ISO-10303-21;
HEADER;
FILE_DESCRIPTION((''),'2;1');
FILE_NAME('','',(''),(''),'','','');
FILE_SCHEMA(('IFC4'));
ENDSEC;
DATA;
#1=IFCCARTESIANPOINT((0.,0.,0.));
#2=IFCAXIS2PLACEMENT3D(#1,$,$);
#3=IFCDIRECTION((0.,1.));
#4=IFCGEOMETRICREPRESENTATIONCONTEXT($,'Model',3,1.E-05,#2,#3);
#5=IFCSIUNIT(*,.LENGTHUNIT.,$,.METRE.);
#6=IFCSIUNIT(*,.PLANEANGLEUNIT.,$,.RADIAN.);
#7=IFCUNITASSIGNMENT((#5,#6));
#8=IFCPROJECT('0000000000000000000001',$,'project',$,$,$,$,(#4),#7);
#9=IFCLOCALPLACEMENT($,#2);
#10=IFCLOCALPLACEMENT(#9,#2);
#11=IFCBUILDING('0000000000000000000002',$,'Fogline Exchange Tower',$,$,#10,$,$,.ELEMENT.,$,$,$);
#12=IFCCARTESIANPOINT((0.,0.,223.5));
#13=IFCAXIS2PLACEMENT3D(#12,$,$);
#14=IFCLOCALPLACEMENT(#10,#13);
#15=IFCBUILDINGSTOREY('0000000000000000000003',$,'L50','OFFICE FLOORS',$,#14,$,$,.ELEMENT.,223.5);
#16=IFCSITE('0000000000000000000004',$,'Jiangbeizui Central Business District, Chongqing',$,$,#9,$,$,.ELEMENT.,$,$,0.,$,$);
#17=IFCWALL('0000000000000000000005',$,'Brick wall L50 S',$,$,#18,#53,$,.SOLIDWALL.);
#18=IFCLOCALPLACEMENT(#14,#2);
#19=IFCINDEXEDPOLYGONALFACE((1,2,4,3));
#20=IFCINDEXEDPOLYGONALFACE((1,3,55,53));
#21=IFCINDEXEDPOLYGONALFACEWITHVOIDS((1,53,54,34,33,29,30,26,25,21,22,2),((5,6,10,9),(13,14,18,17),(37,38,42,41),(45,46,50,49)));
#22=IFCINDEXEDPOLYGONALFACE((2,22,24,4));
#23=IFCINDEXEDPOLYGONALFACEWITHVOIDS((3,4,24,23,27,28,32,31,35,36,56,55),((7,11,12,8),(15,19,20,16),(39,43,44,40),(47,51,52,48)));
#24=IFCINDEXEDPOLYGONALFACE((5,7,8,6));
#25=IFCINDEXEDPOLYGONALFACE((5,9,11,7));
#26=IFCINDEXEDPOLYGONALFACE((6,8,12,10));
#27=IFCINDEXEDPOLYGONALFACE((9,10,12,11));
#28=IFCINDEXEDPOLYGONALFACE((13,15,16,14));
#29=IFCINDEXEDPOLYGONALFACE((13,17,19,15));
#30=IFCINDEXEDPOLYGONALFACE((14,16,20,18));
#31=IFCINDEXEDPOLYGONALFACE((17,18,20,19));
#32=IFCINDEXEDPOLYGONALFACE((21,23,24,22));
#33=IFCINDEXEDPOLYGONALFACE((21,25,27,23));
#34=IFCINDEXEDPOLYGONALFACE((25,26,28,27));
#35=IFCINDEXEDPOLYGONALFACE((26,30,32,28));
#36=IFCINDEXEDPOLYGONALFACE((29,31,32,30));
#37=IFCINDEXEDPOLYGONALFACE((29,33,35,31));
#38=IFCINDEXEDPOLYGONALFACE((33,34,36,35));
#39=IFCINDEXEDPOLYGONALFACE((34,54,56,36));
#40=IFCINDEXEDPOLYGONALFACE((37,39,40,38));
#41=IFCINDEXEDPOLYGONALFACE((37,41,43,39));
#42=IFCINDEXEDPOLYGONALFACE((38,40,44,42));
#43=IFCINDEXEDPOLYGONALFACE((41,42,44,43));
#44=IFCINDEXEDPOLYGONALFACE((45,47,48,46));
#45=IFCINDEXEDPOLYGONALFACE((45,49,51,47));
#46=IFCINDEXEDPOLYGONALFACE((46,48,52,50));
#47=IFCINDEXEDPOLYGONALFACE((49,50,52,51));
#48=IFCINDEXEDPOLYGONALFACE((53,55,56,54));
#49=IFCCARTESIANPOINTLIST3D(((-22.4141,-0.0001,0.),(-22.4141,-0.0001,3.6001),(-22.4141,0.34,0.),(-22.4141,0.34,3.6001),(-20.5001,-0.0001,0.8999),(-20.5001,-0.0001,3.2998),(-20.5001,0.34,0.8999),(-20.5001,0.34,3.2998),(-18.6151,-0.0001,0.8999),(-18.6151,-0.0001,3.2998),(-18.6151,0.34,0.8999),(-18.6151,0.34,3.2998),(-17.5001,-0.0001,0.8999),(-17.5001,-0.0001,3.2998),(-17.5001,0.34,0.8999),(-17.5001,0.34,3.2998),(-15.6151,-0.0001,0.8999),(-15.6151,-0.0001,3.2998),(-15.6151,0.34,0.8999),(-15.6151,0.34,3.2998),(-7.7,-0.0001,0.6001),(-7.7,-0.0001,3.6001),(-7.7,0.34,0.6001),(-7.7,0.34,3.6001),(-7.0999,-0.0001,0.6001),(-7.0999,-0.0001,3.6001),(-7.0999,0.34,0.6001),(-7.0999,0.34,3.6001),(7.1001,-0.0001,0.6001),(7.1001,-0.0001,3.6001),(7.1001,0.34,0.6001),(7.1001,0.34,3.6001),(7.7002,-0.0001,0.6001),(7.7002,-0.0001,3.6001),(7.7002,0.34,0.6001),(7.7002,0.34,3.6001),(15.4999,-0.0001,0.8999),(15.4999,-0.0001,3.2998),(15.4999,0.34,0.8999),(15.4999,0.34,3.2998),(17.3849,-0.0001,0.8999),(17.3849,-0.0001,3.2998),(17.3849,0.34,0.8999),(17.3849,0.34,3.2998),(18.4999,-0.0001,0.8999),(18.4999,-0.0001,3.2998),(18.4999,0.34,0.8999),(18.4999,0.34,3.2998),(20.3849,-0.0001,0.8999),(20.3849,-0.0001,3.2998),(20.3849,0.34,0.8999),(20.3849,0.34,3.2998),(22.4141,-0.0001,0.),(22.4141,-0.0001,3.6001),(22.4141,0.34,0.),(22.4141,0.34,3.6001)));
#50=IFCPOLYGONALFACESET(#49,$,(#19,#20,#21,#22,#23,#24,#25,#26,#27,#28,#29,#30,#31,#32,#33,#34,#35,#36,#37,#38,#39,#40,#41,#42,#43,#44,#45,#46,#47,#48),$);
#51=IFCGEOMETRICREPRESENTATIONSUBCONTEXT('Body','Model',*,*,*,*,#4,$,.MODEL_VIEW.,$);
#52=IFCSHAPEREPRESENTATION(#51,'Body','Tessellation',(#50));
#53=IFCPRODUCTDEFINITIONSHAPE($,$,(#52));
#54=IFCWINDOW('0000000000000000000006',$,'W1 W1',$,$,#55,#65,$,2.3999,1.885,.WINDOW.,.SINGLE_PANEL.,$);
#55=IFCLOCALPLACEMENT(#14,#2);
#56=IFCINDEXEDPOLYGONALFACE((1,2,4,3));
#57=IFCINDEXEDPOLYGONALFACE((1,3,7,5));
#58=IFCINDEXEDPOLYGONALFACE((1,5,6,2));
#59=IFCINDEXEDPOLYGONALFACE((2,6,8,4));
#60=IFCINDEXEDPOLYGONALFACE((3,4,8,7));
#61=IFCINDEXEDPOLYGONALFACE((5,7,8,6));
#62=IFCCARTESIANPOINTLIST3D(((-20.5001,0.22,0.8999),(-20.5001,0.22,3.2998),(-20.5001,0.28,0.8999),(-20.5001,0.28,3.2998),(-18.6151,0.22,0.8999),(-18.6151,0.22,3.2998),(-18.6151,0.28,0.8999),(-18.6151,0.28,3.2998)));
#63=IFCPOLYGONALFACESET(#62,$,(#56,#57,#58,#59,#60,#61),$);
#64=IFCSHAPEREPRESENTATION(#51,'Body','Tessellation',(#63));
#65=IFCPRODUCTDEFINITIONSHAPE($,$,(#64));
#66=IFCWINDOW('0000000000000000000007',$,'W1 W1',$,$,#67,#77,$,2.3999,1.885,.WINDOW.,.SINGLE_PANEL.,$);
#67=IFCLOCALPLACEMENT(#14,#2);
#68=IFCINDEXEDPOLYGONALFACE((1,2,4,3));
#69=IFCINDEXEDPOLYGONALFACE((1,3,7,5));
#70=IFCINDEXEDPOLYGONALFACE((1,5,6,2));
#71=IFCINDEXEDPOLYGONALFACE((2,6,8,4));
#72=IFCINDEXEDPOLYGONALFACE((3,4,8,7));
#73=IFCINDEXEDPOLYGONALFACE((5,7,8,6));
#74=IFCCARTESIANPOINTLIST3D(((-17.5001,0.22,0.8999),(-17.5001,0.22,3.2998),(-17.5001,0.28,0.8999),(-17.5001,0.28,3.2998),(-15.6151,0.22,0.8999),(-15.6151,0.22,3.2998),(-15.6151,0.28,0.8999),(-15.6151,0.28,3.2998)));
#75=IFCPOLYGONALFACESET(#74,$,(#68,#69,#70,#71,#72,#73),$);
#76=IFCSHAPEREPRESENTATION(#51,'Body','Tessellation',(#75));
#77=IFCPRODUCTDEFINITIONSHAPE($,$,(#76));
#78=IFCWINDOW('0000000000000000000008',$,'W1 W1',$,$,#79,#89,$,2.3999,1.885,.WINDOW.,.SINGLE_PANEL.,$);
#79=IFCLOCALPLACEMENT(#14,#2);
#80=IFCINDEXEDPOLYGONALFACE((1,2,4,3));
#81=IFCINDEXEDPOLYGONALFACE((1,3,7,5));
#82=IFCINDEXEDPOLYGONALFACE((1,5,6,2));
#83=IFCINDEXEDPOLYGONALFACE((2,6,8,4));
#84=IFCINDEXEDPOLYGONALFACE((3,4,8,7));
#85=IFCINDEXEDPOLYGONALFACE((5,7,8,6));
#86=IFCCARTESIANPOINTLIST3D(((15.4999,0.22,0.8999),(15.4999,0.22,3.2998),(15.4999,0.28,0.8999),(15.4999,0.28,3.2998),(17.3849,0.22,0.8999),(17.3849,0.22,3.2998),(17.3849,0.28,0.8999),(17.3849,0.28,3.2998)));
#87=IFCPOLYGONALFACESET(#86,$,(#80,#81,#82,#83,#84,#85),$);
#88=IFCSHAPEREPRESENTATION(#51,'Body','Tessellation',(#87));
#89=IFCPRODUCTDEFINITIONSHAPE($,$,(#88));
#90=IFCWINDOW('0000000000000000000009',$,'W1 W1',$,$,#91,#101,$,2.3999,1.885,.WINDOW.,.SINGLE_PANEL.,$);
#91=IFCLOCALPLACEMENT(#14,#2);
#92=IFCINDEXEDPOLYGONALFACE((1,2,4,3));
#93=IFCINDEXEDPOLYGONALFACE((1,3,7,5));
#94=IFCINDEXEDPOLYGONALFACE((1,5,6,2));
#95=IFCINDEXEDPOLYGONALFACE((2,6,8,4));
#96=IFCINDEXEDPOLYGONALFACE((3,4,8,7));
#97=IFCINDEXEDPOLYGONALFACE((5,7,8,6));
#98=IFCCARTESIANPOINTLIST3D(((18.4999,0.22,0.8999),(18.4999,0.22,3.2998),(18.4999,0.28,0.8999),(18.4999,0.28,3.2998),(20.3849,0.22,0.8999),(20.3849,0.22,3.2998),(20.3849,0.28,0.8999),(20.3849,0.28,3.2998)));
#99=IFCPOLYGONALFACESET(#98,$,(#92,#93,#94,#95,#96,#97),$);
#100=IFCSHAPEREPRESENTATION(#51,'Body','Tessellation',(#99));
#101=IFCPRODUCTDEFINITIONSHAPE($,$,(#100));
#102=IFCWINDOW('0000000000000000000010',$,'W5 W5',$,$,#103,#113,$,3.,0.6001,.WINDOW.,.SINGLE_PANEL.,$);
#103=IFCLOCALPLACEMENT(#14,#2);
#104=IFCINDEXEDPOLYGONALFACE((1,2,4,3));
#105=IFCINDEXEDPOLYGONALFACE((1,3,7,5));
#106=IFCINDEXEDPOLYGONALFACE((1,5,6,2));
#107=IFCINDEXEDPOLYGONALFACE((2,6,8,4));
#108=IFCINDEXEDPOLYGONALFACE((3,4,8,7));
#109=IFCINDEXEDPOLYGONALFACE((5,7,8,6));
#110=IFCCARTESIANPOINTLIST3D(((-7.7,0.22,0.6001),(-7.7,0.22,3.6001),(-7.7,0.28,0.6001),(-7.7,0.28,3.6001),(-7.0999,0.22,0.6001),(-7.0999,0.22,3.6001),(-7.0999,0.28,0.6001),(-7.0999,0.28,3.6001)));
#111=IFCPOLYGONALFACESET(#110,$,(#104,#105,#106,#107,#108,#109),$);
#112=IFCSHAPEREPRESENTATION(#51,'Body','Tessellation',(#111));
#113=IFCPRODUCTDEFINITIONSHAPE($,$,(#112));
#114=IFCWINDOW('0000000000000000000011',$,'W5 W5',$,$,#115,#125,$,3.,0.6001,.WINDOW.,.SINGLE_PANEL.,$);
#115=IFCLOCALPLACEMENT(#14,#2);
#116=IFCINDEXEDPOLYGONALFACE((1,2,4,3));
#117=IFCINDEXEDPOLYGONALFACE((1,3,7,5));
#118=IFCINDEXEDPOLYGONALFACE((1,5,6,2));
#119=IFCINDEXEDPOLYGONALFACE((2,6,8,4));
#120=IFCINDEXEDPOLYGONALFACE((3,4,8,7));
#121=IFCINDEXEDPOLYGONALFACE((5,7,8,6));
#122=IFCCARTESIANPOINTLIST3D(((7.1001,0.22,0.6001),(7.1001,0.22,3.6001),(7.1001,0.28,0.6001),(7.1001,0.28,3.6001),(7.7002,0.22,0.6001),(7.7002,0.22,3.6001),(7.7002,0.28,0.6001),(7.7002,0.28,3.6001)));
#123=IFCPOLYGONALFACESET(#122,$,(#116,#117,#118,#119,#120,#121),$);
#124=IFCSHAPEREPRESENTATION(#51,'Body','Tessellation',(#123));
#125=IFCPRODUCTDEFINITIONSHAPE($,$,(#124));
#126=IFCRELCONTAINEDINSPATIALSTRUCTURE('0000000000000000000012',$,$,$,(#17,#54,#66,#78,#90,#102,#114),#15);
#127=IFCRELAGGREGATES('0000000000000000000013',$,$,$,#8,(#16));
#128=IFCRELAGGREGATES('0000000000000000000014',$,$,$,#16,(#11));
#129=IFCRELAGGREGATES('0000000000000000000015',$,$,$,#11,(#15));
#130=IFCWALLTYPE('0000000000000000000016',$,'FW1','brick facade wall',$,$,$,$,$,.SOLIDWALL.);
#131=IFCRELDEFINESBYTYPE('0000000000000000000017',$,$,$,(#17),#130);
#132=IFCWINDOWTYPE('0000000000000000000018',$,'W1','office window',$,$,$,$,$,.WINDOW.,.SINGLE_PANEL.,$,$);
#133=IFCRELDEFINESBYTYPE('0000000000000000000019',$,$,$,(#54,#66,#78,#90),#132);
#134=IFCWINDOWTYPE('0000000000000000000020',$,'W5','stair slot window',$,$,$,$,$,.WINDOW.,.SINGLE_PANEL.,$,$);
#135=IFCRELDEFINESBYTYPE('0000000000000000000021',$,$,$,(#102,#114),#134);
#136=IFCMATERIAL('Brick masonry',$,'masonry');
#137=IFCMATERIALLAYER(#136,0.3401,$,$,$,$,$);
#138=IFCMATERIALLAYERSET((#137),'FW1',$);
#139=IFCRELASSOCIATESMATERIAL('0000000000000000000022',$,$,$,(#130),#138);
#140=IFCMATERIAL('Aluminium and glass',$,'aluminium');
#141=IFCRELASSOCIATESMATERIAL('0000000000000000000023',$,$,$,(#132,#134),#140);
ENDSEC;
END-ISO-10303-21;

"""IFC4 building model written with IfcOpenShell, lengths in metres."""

from ifc_helpers import new_model, si_unit, direction, frame, frame_2d, origin, place, context, subcontext, project, spatial, rectangle, extrude, material, layer, layer_set, type_object, element, fill, save


model = new_model("IFC4")

# Units and contexts
model_context = context("Model", 3, precision=1e-05, world=origin(), true_north=direction((0.0, 1.0)))
body_context = subcontext(model_context, "Body", "Model", "MODEL_VIEW")
ifc_project = project(units=[si_unit("LENGTHUNIT", "METRE"), si_unit("PLANEANGLEUNIT", "RADIAN")], contexts=[model_context])

# Site, building, storey
site_placement = place(None, origin())
site = spatial("IfcSite", under=ifc_project, at=site_placement, Name="Jiangbeizui Central Business District, Chongqing", CompositionType="ELEMENT", RefElevation=0.0)
building_placement = place(site_placement, origin())
building = spatial("IfcBuilding", under=site, at=building_placement, Name="Fogline Exchange Tower", CompositionType="ELEMENT")
storey_placement = place(building_placement, frame((0.0, 0.0, 223.5)))
storey = spatial("IfcBuildingStorey", under=building, at=storey_placement, Name="L50", Description="OFFICE FLOORS", CompositionType="ELEMENT", Elevation=223.5)

# Shared definitions
ifc_material_1 = material(Name="Brick masonry", Category="masonry")
ifc_layer = layer(ifc_material_1, 0.3401)
ifc_layer_set = layer_set([ifc_layer], Name="FW1")
wall_type = type_object("IfcWallType", Name="FW1", Description="brick facade wall", PredefinedType="SOLIDWALL", material=ifc_layer_set)
ifc_material_2 = material(Name="Aluminium and glass", Category="aluminium")

# Wall, openings, windows
wall_1_placement = place(storey_placement, frame((-22.4141, 0.1699, 0.0), z_axis=(0.0, 0.0, 1.0), x_axis=(1.0, 0.0, 0.0)))
wall_1 = element("IfcWall", 1, at=wall_1_placement, inside=storey, type_object=wall_type, Name="Brick wall L50 S", PredefinedType="SOLIDWALL", context=body_context, shape_type="SweptSolid", body=[
    extrude(rectangle(XDim=44.8281, YDim=0.3401, at=frame_2d((22.4141, 0.0))), origin(), (0.0, 0.0, 1.0), 3.6001),
])
opening_1_placement = place(wall_1_placement, frame((1.9141, 0.0, 0.8999)))
opening_1 = element("IfcOpeningElement", 2, at=opening_1_placement, cuts=wall_1, PredefinedType="OPENING", context=body_context, shape_type="SweptSolid", body=[
    extrude(rectangle(XDim=1.885, YDim=2.3999, at=frame_2d((0.9424, 1.2))), frame((0.0, 0.1802, 0.0), z_axis=(0.0, -1.0, 0.0), x_axis=(1.0, 0.0, 0.0)), (0.0, 0.0, 1.0), 0.3601),
])
opening_2_placement = place(wall_1_placement, frame((4.9141, 0.0, 0.8999)))
opening_2 = element("IfcOpeningElement", 3, at=opening_2_placement, cuts=wall_1, PredefinedType="OPENING", context=body_context, shape_type="SweptSolid", body=[
    extrude(rectangle(XDim=1.885, YDim=2.3999, at=frame_2d((0.9424, 1.2))), frame((0.0, 0.1802, 0.0), z_axis=(0.0, -1.0, 0.0), x_axis=(1.0, 0.0, 0.0)), (0.0, 0.0, 1.0), 0.3601),
])
opening_3_placement = place(wall_1_placement, frame((37.9141, 0.0, 0.8999)))
opening_3 = element("IfcOpeningElement", 4, at=opening_3_placement, cuts=wall_1, PredefinedType="OPENING", context=body_context, shape_type="SweptSolid", body=[
    extrude(rectangle(XDim=1.885, YDim=2.3999, at=frame_2d((0.9424, 1.2))), frame((0.0, 0.1802, 0.0), z_axis=(0.0, -1.0, 0.0), x_axis=(1.0, 0.0, 0.0)), (0.0, 0.0, 1.0), 0.3601),
])
opening_4_placement = place(wall_1_placement, frame((40.9141, 0.0, 0.8999)))
opening_4 = element("IfcOpeningElement", 5, at=opening_4_placement, cuts=wall_1, PredefinedType="OPENING", context=body_context, shape_type="SweptSolid", body=[
    extrude(rectangle(XDim=1.885, YDim=2.3999, at=frame_2d((0.9424, 1.2))), frame((0.0, 0.1802, 0.0), z_axis=(0.0, -1.0, 0.0), x_axis=(1.0, 0.0, 0.0)), (0.0, 0.0, 1.0), 0.3601),
])
opening_5_placement = place(wall_1_placement, frame((14.7141, 0.0, 0.6001)))
opening_5 = element("IfcOpeningElement", 6, at=opening_5_placement, cuts=wall_1, PredefinedType="OPENING", context=body_context, shape_type="SweptSolid", body=[
    extrude(rectangle(XDim=0.6001, YDim=3.0, at=frame_2d((0.3, 1.5))), frame((0.0, 0.1802, 0.0), z_axis=(0.0, -1.0, 0.0), x_axis=(1.0, 0.0, 0.0)), (0.0, 0.0, 1.0), 0.3601),
])
opening_6_placement = place(wall_1_placement, frame((29.5142, 0.0, 0.6001)))
opening_6 = element("IfcOpeningElement", 7, at=opening_6_placement, cuts=wall_1, PredefinedType="OPENING", context=body_context, shape_type="SweptSolid", body=[
    extrude(rectangle(XDim=0.6001, YDim=3.0, at=frame_2d((0.3, 1.5))), frame((0.0, 0.1802, 0.0), z_axis=(0.0, -1.0, 0.0), x_axis=(1.0, 0.0, 0.0)), (0.0, 0.0, 1.0), 0.3601),
])
window_type_1 = type_object("IfcWindowType", Name="W1", Description="office window", PartitioningType="SINGLE_PANEL", PredefinedType="WINDOW", material=ifc_material_2)
window_1_placement = place(opening_1_placement, origin())
window_1 = element("IfcWindow", 8, at=window_1_placement, inside=storey, type_object=window_type_1, Name="W1 W1", OverallHeight=2.3999, OverallWidth=1.885, PartitioningType="SINGLE_PANEL", PredefinedType="WINDOW", context=body_context, shape_type="SweptSolid", body=[
    extrude(rectangle(XDim=1.885, YDim=2.3999, at=frame_2d((0.9424, 1.2))), frame((0.0, 0.1101, 0.0), z_axis=(0.0, -1.0, 0.0), x_axis=(1.0, 0.0, 0.0)), (0.0, 0.0, 1.0), 0.0601),
])
fill(opening_1, window_1)
window_2_placement = place(opening_2_placement, origin())
window_2 = element("IfcWindow", 9, at=window_2_placement, inside=storey, type_object=window_type_1, Name="W1 W1", OverallHeight=2.3999, OverallWidth=1.885, PartitioningType="SINGLE_PANEL", PredefinedType="WINDOW", context=body_context, shape_type="SweptSolid", body=[
    extrude(rectangle(XDim=1.885, YDim=2.3999, at=frame_2d((0.9424, 1.2))), frame((0.0, 0.1101, 0.0), z_axis=(0.0, -1.0, 0.0), x_axis=(1.0, 0.0, 0.0)), (0.0, 0.0, 1.0), 0.0601),
])
fill(opening_2, window_2)
window_3_placement = place(opening_3_placement, origin())
window_3 = element("IfcWindow", 10, at=window_3_placement, inside=storey, type_object=window_type_1, Name="W1 W1", OverallHeight=2.3999, OverallWidth=1.885, PartitioningType="SINGLE_PANEL", PredefinedType="WINDOW", context=body_context, shape_type="SweptSolid", body=[
    extrude(rectangle(XDim=1.885, YDim=2.3999, at=frame_2d((0.9424, 1.2))), frame((0.0, 0.1101, 0.0), z_axis=(0.0, -1.0, 0.0), x_axis=(1.0, 0.0, 0.0)), (0.0, 0.0, 1.0), 0.0601),
])
fill(opening_3, window_3)
window_4_placement = place(opening_4_placement, origin())
window_4 = element("IfcWindow", 11, at=window_4_placement, inside=storey, type_object=window_type_1, Name="W1 W1", OverallHeight=2.3999, OverallWidth=1.885, PartitioningType="SINGLE_PANEL", PredefinedType="WINDOW", context=body_context, shape_type="SweptSolid", body=[
    extrude(rectangle(XDim=1.885, YDim=2.3999, at=frame_2d((0.9424, 1.2))), frame((0.0, 0.1101, 0.0), z_axis=(0.0, -1.0, 0.0), x_axis=(1.0, 0.0, 0.0)), (0.0, 0.0, 1.0), 0.0601),
])
fill(opening_4, window_4)
window_type_2 = type_object("IfcWindowType", Name="W5", Description="stair slot window", PartitioningType="SINGLE_PANEL", PredefinedType="WINDOW", material=ifc_material_2)
window_5_placement = place(opening_5_placement, origin())
window_5 = element("IfcWindow", 12, at=window_5_placement, inside=storey, type_object=window_type_2, Name="W5 W5", OverallHeight=3.0, OverallWidth=0.6001, PartitioningType="SINGLE_PANEL", PredefinedType="WINDOW", context=body_context, shape_type="SweptSolid", body=[
    extrude(rectangle(XDim=0.6001, YDim=3.0, at=frame_2d((0.3, 1.5))), frame((0.0, 0.1101, 0.0), z_axis=(0.0, -1.0, 0.0), x_axis=(1.0, 0.0, 0.0)), (0.0, 0.0, 1.0), 0.0601),
])
fill(opening_5, window_5)
window_6_placement = place(opening_6_placement, origin())
window_6 = element("IfcWindow", 13, at=window_6_placement, inside=storey, type_object=window_type_2, Name="W5 W5", OverallHeight=3.0, OverallWidth=0.6001, PartitioningType="SINGLE_PANEL", PredefinedType="WINDOW", context=body_context, shape_type="SweptSolid", body=[
    extrude(rectangle(XDim=0.6001, YDim=3.0, at=frame_2d((0.3, 1.5))), frame((0.0, 0.1101, 0.0), z_axis=(0.0, -1.0, 0.0), x_axis=(1.0, 0.0, 0.0)), (0.0, 0.0, 1.0), 0.0601),
])
fill(opening_6, window_6)

save(model, "model.ifc")
